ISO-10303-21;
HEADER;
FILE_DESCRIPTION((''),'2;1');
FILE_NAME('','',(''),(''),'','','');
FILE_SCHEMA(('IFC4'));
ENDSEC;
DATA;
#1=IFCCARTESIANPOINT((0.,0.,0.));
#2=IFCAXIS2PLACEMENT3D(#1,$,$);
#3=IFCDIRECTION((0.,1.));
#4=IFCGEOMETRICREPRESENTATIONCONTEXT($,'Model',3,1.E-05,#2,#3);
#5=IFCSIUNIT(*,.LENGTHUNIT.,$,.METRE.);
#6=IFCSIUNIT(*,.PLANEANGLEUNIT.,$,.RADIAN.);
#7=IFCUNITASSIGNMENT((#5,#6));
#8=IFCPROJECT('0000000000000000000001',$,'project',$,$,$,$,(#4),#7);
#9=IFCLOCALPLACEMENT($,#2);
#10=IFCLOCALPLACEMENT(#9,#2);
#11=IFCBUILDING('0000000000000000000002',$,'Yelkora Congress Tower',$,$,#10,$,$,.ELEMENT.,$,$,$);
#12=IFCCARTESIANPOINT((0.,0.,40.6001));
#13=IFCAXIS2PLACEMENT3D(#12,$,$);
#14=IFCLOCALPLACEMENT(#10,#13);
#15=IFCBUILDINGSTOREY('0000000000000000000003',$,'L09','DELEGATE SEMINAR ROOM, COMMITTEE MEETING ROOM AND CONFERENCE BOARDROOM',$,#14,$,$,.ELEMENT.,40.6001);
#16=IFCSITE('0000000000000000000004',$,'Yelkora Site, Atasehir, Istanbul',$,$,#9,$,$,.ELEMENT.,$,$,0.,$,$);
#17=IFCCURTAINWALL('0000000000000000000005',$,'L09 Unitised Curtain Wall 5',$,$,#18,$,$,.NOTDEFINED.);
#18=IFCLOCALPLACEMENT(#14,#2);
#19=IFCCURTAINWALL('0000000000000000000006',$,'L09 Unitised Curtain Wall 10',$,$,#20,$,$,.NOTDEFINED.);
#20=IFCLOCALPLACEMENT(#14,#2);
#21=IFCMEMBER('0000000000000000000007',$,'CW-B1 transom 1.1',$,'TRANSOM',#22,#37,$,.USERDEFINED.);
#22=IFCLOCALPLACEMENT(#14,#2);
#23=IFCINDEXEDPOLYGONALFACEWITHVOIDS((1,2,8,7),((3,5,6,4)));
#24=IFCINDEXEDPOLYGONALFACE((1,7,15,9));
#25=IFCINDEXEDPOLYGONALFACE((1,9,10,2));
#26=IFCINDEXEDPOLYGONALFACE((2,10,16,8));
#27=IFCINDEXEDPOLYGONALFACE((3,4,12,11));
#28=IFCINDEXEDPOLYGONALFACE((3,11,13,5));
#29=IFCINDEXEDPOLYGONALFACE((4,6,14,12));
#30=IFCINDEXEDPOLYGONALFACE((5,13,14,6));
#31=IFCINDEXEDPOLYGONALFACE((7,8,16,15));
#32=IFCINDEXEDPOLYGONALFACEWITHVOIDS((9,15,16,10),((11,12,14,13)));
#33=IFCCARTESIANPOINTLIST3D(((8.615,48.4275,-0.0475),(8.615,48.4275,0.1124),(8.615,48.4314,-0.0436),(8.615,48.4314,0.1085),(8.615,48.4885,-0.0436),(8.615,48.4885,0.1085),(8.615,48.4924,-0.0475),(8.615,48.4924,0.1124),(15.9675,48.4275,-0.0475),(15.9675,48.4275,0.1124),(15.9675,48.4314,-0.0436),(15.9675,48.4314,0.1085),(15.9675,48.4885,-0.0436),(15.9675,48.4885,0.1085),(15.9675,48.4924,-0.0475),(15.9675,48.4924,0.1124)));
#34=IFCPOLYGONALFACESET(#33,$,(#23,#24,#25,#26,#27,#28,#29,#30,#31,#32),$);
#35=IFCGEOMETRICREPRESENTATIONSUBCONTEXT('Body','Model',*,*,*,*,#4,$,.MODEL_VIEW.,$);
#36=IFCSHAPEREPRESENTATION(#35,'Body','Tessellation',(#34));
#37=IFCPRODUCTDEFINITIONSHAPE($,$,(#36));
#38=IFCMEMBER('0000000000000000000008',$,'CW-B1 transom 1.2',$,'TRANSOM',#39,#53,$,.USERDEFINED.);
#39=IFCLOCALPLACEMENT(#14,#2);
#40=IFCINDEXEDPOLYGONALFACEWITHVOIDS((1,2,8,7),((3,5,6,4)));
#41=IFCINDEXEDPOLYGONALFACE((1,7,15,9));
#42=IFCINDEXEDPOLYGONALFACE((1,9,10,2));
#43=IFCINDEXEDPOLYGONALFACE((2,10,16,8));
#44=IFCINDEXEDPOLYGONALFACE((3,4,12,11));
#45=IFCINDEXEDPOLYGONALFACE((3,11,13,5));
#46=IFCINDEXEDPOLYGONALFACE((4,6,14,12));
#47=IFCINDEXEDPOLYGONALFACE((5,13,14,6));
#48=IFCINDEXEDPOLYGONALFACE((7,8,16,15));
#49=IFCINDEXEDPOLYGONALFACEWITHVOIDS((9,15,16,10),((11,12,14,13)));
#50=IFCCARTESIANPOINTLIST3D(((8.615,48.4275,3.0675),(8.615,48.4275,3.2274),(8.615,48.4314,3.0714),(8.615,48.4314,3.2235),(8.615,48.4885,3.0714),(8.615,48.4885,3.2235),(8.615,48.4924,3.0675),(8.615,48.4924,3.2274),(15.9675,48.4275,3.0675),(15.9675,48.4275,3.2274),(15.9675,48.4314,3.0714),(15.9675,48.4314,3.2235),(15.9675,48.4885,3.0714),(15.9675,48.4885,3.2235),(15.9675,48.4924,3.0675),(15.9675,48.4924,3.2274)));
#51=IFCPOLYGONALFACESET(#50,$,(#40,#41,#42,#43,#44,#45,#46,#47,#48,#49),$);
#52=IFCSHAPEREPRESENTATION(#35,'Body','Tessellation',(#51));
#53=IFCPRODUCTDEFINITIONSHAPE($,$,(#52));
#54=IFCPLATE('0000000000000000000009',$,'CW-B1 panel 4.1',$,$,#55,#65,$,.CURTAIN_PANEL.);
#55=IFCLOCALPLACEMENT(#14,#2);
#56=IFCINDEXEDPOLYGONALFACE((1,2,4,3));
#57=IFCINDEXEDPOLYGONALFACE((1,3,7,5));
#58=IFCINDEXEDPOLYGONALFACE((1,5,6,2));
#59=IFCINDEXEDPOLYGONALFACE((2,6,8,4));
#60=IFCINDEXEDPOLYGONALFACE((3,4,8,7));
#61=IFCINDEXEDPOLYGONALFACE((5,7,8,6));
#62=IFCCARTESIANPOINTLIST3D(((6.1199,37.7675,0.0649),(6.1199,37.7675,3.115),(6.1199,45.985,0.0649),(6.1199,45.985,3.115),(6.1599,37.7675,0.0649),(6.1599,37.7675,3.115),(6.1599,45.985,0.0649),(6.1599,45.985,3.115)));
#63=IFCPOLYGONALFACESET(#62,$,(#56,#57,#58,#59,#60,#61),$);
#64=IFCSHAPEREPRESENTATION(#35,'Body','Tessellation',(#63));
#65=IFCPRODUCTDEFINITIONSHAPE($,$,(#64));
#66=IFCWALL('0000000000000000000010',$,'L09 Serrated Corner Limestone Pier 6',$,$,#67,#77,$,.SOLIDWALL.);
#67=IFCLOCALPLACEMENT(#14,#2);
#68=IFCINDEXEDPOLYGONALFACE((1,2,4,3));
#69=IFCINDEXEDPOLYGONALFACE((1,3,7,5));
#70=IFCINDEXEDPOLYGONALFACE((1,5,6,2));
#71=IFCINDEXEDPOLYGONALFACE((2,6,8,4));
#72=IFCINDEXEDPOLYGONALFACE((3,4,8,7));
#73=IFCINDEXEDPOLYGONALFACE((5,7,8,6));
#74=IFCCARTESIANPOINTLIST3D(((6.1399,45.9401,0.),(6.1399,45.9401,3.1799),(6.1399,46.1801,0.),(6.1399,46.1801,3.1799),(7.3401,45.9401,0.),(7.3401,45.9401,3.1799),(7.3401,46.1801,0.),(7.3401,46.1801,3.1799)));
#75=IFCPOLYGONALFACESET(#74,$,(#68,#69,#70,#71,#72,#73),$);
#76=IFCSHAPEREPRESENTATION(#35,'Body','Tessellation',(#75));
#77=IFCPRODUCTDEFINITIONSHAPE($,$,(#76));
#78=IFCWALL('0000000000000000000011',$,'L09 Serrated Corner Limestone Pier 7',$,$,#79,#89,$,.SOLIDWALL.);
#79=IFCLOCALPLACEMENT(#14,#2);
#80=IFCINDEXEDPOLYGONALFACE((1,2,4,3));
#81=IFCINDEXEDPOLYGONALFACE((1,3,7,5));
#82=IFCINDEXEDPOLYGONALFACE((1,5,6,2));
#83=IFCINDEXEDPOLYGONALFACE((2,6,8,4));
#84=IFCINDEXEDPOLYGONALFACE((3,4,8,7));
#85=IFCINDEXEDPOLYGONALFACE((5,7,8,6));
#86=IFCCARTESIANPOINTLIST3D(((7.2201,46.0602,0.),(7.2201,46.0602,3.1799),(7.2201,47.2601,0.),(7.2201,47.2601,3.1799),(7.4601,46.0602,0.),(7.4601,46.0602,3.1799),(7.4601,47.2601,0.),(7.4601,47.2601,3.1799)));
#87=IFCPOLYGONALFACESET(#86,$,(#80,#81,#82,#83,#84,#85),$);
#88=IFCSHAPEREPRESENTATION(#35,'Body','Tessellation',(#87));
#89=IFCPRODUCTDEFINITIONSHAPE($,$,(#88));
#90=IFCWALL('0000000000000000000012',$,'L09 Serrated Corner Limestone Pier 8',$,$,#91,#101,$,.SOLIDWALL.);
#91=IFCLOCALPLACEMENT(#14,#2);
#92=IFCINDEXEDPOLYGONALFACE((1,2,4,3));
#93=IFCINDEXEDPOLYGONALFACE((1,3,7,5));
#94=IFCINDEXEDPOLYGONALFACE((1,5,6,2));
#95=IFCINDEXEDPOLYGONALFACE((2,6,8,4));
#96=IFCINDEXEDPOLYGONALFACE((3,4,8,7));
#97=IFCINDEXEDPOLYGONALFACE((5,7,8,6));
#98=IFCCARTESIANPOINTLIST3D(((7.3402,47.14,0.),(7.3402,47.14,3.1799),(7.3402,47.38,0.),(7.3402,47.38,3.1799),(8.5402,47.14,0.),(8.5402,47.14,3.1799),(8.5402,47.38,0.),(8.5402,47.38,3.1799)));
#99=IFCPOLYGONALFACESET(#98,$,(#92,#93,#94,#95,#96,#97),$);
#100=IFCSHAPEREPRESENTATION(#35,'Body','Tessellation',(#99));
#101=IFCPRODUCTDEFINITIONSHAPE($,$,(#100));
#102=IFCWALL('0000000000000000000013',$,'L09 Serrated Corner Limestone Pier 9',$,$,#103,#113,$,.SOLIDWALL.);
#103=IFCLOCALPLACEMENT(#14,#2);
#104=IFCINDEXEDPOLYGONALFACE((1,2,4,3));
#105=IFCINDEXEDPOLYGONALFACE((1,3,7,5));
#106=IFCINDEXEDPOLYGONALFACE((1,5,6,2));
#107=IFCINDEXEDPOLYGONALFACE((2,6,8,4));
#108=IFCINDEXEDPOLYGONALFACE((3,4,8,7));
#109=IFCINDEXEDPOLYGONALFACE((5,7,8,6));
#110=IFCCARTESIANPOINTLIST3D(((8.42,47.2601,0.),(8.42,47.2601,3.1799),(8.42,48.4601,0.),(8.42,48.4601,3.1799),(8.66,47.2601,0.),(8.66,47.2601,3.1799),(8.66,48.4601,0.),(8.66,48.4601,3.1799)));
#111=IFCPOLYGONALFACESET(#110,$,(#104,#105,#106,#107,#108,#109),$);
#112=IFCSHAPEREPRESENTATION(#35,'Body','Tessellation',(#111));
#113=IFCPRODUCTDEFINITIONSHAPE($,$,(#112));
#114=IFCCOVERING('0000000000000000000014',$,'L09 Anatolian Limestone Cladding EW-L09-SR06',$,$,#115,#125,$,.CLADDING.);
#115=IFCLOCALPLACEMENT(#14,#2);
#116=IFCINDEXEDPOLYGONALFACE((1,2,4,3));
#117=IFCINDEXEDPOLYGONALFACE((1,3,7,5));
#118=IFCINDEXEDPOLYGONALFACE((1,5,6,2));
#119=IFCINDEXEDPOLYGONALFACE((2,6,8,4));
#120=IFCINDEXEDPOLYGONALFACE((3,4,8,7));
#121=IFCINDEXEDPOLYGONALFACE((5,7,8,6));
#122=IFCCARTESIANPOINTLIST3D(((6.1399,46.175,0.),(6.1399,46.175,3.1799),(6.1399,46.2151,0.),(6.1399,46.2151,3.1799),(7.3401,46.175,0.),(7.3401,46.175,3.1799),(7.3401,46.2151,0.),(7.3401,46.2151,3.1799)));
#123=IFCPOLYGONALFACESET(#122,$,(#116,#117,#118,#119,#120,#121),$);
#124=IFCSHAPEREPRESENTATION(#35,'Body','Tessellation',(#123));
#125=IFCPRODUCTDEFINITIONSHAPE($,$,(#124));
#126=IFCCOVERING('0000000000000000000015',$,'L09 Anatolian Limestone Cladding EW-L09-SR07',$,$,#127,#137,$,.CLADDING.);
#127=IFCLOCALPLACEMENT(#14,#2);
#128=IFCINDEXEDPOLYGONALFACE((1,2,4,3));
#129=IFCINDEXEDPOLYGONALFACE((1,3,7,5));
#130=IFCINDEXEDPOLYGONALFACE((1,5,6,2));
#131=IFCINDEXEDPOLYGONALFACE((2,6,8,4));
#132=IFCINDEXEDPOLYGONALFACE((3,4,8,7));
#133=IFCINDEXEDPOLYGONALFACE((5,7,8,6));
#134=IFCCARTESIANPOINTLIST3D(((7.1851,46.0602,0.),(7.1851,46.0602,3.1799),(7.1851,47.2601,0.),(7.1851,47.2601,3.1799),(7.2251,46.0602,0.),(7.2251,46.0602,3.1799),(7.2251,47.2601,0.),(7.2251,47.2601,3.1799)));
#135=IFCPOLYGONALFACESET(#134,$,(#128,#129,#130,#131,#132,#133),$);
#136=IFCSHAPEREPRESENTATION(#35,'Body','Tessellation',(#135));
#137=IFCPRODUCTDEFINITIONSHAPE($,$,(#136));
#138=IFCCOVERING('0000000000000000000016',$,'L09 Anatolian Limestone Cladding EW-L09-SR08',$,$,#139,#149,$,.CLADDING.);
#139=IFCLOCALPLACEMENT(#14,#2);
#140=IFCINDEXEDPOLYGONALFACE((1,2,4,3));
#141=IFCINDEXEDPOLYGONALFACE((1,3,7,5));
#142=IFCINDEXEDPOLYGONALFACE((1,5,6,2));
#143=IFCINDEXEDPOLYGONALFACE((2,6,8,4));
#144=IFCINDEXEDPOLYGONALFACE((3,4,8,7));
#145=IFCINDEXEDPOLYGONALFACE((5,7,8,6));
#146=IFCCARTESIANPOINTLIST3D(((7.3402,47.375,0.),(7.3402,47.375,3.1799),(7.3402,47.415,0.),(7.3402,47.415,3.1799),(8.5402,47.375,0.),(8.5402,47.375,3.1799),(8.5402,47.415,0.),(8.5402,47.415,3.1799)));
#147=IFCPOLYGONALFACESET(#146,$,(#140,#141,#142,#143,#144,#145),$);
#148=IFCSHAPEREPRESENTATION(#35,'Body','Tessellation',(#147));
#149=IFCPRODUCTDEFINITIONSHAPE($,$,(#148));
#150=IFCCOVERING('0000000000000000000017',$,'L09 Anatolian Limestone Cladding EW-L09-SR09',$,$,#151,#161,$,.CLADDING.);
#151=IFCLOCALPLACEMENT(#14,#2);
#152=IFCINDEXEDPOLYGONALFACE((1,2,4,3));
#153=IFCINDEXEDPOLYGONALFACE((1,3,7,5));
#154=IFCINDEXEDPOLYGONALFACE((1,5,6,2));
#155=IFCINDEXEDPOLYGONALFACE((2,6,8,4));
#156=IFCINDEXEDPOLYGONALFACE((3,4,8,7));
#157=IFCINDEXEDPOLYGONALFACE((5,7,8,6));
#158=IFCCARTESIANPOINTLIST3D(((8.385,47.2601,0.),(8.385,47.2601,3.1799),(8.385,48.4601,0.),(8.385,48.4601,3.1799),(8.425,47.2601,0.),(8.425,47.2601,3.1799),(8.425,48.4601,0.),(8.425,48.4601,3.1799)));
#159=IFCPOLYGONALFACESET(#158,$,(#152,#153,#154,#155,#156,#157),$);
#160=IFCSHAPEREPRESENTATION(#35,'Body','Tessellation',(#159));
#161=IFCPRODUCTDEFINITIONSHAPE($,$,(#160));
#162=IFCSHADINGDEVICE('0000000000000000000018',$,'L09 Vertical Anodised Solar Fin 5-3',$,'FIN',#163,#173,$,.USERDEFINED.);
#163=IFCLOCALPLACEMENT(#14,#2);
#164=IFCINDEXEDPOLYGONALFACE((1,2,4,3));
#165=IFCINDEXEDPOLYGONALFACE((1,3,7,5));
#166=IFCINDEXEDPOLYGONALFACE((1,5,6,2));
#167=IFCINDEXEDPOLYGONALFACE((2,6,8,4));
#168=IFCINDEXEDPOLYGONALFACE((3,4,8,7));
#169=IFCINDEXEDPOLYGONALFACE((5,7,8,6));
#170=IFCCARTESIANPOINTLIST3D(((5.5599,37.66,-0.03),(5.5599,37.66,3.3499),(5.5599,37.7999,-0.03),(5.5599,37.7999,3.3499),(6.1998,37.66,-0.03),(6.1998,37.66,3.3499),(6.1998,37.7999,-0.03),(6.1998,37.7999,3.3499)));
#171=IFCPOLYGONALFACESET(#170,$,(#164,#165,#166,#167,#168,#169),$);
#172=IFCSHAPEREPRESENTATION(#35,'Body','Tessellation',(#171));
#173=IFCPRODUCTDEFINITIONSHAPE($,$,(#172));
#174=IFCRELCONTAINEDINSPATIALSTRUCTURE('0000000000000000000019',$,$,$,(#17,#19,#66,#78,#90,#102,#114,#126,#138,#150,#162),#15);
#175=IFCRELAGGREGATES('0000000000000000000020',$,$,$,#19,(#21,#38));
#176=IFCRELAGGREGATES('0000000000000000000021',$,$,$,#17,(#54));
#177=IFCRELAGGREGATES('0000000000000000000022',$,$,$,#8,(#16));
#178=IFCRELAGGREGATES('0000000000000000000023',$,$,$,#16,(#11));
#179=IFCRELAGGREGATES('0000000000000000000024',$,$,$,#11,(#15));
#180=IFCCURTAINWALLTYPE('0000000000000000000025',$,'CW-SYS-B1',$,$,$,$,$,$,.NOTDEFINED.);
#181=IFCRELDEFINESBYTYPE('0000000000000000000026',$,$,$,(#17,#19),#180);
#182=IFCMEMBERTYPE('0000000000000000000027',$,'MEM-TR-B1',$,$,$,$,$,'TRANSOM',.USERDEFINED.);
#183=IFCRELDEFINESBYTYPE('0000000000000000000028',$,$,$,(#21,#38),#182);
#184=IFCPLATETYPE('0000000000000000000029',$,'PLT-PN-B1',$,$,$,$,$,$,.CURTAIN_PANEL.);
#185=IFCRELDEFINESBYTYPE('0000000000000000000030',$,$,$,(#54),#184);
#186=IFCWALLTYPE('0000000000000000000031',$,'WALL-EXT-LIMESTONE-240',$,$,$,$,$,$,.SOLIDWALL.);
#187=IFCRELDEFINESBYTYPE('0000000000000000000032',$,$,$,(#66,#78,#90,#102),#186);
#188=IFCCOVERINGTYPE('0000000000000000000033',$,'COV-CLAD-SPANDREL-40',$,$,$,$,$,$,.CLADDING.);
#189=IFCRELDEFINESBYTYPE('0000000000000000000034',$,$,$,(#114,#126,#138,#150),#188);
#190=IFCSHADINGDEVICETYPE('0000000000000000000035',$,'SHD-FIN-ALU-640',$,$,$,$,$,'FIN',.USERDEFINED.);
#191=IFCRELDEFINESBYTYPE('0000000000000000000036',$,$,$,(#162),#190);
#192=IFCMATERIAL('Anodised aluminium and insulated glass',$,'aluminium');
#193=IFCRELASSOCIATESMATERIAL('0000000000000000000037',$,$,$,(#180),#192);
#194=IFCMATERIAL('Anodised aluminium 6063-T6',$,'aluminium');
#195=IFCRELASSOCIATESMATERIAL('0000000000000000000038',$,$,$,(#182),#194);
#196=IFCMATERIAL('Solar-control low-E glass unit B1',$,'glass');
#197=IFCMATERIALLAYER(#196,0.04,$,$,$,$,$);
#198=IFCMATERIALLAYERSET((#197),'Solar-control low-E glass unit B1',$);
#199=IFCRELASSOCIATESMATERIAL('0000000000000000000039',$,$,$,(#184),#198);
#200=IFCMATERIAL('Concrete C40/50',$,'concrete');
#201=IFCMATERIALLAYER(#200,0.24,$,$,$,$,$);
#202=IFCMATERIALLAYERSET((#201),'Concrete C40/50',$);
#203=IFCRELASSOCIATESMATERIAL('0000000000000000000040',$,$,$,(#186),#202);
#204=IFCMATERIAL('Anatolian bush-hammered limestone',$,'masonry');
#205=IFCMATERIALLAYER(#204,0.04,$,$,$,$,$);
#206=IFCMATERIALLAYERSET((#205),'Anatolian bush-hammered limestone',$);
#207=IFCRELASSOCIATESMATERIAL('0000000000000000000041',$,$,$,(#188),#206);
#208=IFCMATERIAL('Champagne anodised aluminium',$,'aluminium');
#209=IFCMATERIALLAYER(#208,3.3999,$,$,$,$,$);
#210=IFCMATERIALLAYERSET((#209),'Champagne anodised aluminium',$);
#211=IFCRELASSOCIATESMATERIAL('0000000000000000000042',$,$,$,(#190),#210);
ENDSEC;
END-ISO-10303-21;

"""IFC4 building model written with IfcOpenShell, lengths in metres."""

from ifc_helpers import new_model, si_unit, direction, frame, frame_2d, origin, origin_2d, place, context, subcontext, project, spatial, rectangle, hollow_rectangle, extrude, material, layer, layer_set, material_profile, profile_set, type_object, element, aggregate, save


model = new_model("IFC4")

# Units and contexts
model_context = context("Model", 3, precision=1e-05, world=origin(), true_north=direction((0.0, 1.0)))
body_context = subcontext(model_context, "Body", "Model", "MODEL_VIEW")
ifc_project = project(units=[si_unit("LENGTHUNIT", "METRE"), si_unit("PLANEANGLEUNIT", "RADIAN")], contexts=[model_context])

# Site, building, storey
site_placement = place(None, origin())
site = spatial("IfcSite", under=ifc_project, at=site_placement, Name="Yelkora Site, Atasehir, Istanbul", CompositionType="ELEMENT", RefElevation=0.0)
building_placement = place(site_placement, origin())
building = spatial("IfcBuilding", under=site, at=building_placement, Name="Yelkora Congress Tower", CompositionType="ELEMENT")
storey_placement = place(building_placement, frame((0.0, 0.0, 40.6001)))
storey = spatial("IfcBuildingStorey", under=building, at=storey_placement, Name="L09", Description="DELEGATE SEMINAR ROOM, COMMITTEE MEETING ROOM AND CONFERENCE BOARDROOM", CompositionType="ELEMENT", Elevation=40.6001)

# Curtain wall
ifc_material_1 = material(Name="Anodised aluminium and insulated glass", Category="aluminium")
curtain_wall_type = type_object("IfcCurtainWallType", Name="CW-SYS-B1", PredefinedType="NOTDEFINED", material=ifc_material_1)
curtain_wall_1_placement = place(storey_placement, origin())
curtain_wall_1 = element("IfcCurtainWall", 1, at=curtain_wall_1_placement, inside=storey, type_object=curtain_wall_type, Name="L09 Unitised Curtain Wall 5", PredefinedType="NOTDEFINED")
ifc_material_2 = material(Name="Anodised aluminium 6063-T6", Category="aluminium")

# Curtain wall
curtain_wall_2_placement = place(storey_placement, origin())
curtain_wall_2 = element("IfcCurtainWall", 2, at=curtain_wall_2_placement, inside=storey, type_object=curtain_wall_type, Name="L09 Unitised Curtain Wall 10", PredefinedType="NOTDEFINED")

# Members
ifc_material_profile_1 = material_profile(ifc_material_2, hollow_rectangle(XDim=0.0649, YDim=0.1599, WallThickness=0.0039, at=origin_2d()), Name="ALU 65x160x4")
ifc_profile_set_1 = profile_set([ifc_material_profile_1], Name="Anodised aluminium 6063-T6")
member_type_1 = type_object("IfcMemberType", Name="MEM-TR-B1", ElementType="TRANSOM", PredefinedType="USERDEFINED", material=ifc_profile_set_1)
member_1_placement = place(storey_placement, frame((8.615, 48.46, 0.0325), z_axis=(1.0, 0.0, 0.0), x_axis=(0.0, 1.0, 0.0)))
member_1 = element("IfcMember", 3, at=member_1_placement, type_object=member_type_1, Name="CW-B1 transom 1.1", ObjectType="TRANSOM", PredefinedType="USERDEFINED", context=body_context, shape_type="SweptSolid", body=[
    extrude(hollow_rectangle(XDim=0.0649, YDim=0.1599, WallThickness=0.0039, at=origin_2d()), origin(), (0.0, 0.0, 1.0), 7.3525),
])
member_2_placement = place(storey_placement, frame((8.615, 48.46, 3.1475), z_axis=(1.0, 0.0, 0.0), x_axis=(0.0, 1.0, 0.0)))
member_2 = element("IfcMember", 4, at=member_2_placement, type_object=member_type_1, Name="CW-B1 transom 1.2", ObjectType="TRANSOM", PredefinedType="USERDEFINED", context=body_context, shape_type="SweptSolid", body=[
    extrude(hollow_rectangle(XDim=0.0649, YDim=0.1599, WallThickness=0.0039, at=origin_2d()), origin(), (0.0, 0.0, 1.0), 7.3525),
])
aggregate(curtain_wall_2, [member_1, member_2])

# Plate
ifc_material_3 = material(Name="Solar-control low-E glass unit B1", Category="glass")
ifc_layer_1 = layer(ifc_material_3, 0.04)
ifc_layer_set_1 = layer_set([ifc_layer_1], Name="Solar-control low-E glass unit B1")
plate_type = type_object("IfcPlateType", Name="PLT-PN-B1", PredefinedType="CURTAIN_PANEL", material=ifc_layer_set_1)
plate_placement = place(storey_placement, frame((6.1399, 41.8762, 0.0649), z_axis=(0.0, 0.0, 1.0), x_axis=(0.0, 1.0, 0.0)))
plate = element("IfcPlate", 5, at=plate_placement, type_object=plate_type, Name="CW-B1 panel 4.1", PredefinedType="CURTAIN_PANEL", context=body_context, shape_type="SweptSolid", body=[
    extrude(rectangle(XDim=8.2175, YDim=0.04, at=origin_2d()), origin(), (0.0, 0.0, 1.0), 3.05),
])
aggregate(curtain_wall_1, [plate])

# Walls
ifc_material_4 = material(Name="Concrete C40/50", Category="concrete")
ifc_layer_2 = layer(ifc_material_4, 0.24)
ifc_layer_set_2 = layer_set([ifc_layer_2], Name="Concrete C40/50")
wall_type = type_object("IfcWallType", Name="WALL-EXT-LIMESTONE-240", PredefinedType="SOLIDWALL", material=ifc_layer_set_2)
wall_placement = place(storey_placement, frame((6.1399, 46.0601, 0.0), z_axis=(0.0, 0.0, 1.0), x_axis=(1.0, 0.0, 0.0)))
element("IfcWall", 6, at=wall_placement, inside=storey, type_object=wall_type, Name="L09 Serrated Corner Limestone Pier 6", PredefinedType="SOLIDWALL", context=body_context, shape_type="SweptSolid", body=[
    extrude(rectangle(XDim=1.2002, YDim=0.24, at=frame_2d((0.6001, 0.0))), origin(), (0.0, 0.0, 1.0), 3.1799),
])
for number, where, z_axis, x_axis, name in (
    (7, (7.3401, 46.0601, 0.0), (0.0, 0.0, 1.0), (0.0, 1.0, 0.0), "L09 Serrated Corner Limestone Pier 7"),
    (8, (7.3401, 47.26, 0.0), (0.0, 0.0, 1.0), (1.0, 0.0, 0.0), "L09 Serrated Corner Limestone Pier 8"),
    (9, (8.54, 47.26, 0.0), (0.0, 0.0, 1.0), (0.0, 1.0, 0.0), "L09 Serrated Corner Limestone Pier 9"),
):
    element("IfcWall", number, at=place(storey_placement, frame(where, z_axis=z_axis, x_axis=x_axis)), inside=storey, type_object=wall_type, Name=name, PredefinedType="SOLIDWALL", context=body_context, shape_type="SweptSolid", body=[
        extrude(rectangle(XDim=1.2, YDim=0.24, at=frame_2d((0.6001, 0.0))), origin(), (0.0, 0.0, 1.0), 3.1799),
    ])

# Coverings
ifc_material_5 = material(Name="Anatolian bush-hammered limestone", Category="masonry")
ifc_layer_3 = layer(ifc_material_5, 0.04)
ifc_layer_set_3 = layer_set([ifc_layer_3], Name="Anatolian bush-hammered limestone")
covering_type = type_object("IfcCoveringType", Name="COV-CLAD-SPANDREL-40", PredefinedType="CLADDING", material=ifc_layer_set_3)
covering_placement = place(storey_placement, frame((6.1399, 46.1951, 0.0), z_axis=(0.0, 0.0, 1.0), x_axis=(1.0, 0.0, 0.0)))
element("IfcCovering", 10, at=covering_placement, inside=storey, type_object=covering_type, Name="L09 Anatolian Limestone Cladding EW-L09-SR06", PredefinedType="CLADDING", context=body_context, shape_type="SweptSolid", body=[
    extrude(rectangle(XDim=1.2002, YDim=0.04, at=frame_2d((0.6001, 0.0))), origin(), (0.0, 0.0, 1.0), 3.1799),
])
for number, where, z_axis, x_axis, name in (
    (11, (7.2051, 46.0601, 0.0), (0.0, 0.0, 1.0), (0.0, 1.0, 0.0), "L09 Anatolian Limestone Cladding EW-L09-SR07"),
    (12, (7.3401, 47.395, 0.0), (0.0, 0.0, 1.0), (1.0, 0.0, 0.0), "L09 Anatolian Limestone Cladding EW-L09-SR08"),
    (13, (8.405, 47.26, 0.0), (0.0, 0.0, 1.0), (0.0, 1.0, 0.0), "L09 Anatolian Limestone Cladding EW-L09-SR09"),
):
    element("IfcCovering", number, at=place(storey_placement, frame(where, z_axis=z_axis, x_axis=x_axis)), inside=storey, type_object=covering_type, Name=name, PredefinedType="CLADDING", context=body_context, shape_type="SweptSolid", body=[
        extrude(rectangle(XDim=1.2, YDim=0.04, at=frame_2d((0.6001, 0.0))), origin(), (0.0, 0.0, 1.0), 3.1799),
    ])

# Shading device
ifc_material_6 = material(Name="Champagne anodised aluminium", Category="aluminium")
ifc_layer_4 = layer(ifc_material_6, 3.3999)
ifc_layer_set_4 = layer_set([ifc_layer_4], Name="Champagne anodised aluminium")
shading_device_type = type_object("IfcShadingDeviceType", Name="SHD-FIN-ALU-640", ElementType="FIN", PredefinedType="USERDEFINED", material=ifc_layer_set_4)
shading_device_placement = place(storey_placement, frame((5.8799, 37.73, -0.03), z_axis=(0.0, 0.0, 1.0), x_axis=(0.0, 1.0, 0.0)))
element("IfcShadingDevice", 14, at=shading_device_placement, inside=storey, type_object=shading_device_type, Name="L09 Vertical Anodised Solar Fin 5-3", ObjectType="FIN", PredefinedType="USERDEFINED", context=body_context, shape_type="SweptSolid", body=[
    extrude(rectangle(XDim=0.1399, YDim=0.6399, at=origin_2d()), origin(), (0.0, 0.0, 1.0), 3.3799),
])

save(model, "model.ifc")
